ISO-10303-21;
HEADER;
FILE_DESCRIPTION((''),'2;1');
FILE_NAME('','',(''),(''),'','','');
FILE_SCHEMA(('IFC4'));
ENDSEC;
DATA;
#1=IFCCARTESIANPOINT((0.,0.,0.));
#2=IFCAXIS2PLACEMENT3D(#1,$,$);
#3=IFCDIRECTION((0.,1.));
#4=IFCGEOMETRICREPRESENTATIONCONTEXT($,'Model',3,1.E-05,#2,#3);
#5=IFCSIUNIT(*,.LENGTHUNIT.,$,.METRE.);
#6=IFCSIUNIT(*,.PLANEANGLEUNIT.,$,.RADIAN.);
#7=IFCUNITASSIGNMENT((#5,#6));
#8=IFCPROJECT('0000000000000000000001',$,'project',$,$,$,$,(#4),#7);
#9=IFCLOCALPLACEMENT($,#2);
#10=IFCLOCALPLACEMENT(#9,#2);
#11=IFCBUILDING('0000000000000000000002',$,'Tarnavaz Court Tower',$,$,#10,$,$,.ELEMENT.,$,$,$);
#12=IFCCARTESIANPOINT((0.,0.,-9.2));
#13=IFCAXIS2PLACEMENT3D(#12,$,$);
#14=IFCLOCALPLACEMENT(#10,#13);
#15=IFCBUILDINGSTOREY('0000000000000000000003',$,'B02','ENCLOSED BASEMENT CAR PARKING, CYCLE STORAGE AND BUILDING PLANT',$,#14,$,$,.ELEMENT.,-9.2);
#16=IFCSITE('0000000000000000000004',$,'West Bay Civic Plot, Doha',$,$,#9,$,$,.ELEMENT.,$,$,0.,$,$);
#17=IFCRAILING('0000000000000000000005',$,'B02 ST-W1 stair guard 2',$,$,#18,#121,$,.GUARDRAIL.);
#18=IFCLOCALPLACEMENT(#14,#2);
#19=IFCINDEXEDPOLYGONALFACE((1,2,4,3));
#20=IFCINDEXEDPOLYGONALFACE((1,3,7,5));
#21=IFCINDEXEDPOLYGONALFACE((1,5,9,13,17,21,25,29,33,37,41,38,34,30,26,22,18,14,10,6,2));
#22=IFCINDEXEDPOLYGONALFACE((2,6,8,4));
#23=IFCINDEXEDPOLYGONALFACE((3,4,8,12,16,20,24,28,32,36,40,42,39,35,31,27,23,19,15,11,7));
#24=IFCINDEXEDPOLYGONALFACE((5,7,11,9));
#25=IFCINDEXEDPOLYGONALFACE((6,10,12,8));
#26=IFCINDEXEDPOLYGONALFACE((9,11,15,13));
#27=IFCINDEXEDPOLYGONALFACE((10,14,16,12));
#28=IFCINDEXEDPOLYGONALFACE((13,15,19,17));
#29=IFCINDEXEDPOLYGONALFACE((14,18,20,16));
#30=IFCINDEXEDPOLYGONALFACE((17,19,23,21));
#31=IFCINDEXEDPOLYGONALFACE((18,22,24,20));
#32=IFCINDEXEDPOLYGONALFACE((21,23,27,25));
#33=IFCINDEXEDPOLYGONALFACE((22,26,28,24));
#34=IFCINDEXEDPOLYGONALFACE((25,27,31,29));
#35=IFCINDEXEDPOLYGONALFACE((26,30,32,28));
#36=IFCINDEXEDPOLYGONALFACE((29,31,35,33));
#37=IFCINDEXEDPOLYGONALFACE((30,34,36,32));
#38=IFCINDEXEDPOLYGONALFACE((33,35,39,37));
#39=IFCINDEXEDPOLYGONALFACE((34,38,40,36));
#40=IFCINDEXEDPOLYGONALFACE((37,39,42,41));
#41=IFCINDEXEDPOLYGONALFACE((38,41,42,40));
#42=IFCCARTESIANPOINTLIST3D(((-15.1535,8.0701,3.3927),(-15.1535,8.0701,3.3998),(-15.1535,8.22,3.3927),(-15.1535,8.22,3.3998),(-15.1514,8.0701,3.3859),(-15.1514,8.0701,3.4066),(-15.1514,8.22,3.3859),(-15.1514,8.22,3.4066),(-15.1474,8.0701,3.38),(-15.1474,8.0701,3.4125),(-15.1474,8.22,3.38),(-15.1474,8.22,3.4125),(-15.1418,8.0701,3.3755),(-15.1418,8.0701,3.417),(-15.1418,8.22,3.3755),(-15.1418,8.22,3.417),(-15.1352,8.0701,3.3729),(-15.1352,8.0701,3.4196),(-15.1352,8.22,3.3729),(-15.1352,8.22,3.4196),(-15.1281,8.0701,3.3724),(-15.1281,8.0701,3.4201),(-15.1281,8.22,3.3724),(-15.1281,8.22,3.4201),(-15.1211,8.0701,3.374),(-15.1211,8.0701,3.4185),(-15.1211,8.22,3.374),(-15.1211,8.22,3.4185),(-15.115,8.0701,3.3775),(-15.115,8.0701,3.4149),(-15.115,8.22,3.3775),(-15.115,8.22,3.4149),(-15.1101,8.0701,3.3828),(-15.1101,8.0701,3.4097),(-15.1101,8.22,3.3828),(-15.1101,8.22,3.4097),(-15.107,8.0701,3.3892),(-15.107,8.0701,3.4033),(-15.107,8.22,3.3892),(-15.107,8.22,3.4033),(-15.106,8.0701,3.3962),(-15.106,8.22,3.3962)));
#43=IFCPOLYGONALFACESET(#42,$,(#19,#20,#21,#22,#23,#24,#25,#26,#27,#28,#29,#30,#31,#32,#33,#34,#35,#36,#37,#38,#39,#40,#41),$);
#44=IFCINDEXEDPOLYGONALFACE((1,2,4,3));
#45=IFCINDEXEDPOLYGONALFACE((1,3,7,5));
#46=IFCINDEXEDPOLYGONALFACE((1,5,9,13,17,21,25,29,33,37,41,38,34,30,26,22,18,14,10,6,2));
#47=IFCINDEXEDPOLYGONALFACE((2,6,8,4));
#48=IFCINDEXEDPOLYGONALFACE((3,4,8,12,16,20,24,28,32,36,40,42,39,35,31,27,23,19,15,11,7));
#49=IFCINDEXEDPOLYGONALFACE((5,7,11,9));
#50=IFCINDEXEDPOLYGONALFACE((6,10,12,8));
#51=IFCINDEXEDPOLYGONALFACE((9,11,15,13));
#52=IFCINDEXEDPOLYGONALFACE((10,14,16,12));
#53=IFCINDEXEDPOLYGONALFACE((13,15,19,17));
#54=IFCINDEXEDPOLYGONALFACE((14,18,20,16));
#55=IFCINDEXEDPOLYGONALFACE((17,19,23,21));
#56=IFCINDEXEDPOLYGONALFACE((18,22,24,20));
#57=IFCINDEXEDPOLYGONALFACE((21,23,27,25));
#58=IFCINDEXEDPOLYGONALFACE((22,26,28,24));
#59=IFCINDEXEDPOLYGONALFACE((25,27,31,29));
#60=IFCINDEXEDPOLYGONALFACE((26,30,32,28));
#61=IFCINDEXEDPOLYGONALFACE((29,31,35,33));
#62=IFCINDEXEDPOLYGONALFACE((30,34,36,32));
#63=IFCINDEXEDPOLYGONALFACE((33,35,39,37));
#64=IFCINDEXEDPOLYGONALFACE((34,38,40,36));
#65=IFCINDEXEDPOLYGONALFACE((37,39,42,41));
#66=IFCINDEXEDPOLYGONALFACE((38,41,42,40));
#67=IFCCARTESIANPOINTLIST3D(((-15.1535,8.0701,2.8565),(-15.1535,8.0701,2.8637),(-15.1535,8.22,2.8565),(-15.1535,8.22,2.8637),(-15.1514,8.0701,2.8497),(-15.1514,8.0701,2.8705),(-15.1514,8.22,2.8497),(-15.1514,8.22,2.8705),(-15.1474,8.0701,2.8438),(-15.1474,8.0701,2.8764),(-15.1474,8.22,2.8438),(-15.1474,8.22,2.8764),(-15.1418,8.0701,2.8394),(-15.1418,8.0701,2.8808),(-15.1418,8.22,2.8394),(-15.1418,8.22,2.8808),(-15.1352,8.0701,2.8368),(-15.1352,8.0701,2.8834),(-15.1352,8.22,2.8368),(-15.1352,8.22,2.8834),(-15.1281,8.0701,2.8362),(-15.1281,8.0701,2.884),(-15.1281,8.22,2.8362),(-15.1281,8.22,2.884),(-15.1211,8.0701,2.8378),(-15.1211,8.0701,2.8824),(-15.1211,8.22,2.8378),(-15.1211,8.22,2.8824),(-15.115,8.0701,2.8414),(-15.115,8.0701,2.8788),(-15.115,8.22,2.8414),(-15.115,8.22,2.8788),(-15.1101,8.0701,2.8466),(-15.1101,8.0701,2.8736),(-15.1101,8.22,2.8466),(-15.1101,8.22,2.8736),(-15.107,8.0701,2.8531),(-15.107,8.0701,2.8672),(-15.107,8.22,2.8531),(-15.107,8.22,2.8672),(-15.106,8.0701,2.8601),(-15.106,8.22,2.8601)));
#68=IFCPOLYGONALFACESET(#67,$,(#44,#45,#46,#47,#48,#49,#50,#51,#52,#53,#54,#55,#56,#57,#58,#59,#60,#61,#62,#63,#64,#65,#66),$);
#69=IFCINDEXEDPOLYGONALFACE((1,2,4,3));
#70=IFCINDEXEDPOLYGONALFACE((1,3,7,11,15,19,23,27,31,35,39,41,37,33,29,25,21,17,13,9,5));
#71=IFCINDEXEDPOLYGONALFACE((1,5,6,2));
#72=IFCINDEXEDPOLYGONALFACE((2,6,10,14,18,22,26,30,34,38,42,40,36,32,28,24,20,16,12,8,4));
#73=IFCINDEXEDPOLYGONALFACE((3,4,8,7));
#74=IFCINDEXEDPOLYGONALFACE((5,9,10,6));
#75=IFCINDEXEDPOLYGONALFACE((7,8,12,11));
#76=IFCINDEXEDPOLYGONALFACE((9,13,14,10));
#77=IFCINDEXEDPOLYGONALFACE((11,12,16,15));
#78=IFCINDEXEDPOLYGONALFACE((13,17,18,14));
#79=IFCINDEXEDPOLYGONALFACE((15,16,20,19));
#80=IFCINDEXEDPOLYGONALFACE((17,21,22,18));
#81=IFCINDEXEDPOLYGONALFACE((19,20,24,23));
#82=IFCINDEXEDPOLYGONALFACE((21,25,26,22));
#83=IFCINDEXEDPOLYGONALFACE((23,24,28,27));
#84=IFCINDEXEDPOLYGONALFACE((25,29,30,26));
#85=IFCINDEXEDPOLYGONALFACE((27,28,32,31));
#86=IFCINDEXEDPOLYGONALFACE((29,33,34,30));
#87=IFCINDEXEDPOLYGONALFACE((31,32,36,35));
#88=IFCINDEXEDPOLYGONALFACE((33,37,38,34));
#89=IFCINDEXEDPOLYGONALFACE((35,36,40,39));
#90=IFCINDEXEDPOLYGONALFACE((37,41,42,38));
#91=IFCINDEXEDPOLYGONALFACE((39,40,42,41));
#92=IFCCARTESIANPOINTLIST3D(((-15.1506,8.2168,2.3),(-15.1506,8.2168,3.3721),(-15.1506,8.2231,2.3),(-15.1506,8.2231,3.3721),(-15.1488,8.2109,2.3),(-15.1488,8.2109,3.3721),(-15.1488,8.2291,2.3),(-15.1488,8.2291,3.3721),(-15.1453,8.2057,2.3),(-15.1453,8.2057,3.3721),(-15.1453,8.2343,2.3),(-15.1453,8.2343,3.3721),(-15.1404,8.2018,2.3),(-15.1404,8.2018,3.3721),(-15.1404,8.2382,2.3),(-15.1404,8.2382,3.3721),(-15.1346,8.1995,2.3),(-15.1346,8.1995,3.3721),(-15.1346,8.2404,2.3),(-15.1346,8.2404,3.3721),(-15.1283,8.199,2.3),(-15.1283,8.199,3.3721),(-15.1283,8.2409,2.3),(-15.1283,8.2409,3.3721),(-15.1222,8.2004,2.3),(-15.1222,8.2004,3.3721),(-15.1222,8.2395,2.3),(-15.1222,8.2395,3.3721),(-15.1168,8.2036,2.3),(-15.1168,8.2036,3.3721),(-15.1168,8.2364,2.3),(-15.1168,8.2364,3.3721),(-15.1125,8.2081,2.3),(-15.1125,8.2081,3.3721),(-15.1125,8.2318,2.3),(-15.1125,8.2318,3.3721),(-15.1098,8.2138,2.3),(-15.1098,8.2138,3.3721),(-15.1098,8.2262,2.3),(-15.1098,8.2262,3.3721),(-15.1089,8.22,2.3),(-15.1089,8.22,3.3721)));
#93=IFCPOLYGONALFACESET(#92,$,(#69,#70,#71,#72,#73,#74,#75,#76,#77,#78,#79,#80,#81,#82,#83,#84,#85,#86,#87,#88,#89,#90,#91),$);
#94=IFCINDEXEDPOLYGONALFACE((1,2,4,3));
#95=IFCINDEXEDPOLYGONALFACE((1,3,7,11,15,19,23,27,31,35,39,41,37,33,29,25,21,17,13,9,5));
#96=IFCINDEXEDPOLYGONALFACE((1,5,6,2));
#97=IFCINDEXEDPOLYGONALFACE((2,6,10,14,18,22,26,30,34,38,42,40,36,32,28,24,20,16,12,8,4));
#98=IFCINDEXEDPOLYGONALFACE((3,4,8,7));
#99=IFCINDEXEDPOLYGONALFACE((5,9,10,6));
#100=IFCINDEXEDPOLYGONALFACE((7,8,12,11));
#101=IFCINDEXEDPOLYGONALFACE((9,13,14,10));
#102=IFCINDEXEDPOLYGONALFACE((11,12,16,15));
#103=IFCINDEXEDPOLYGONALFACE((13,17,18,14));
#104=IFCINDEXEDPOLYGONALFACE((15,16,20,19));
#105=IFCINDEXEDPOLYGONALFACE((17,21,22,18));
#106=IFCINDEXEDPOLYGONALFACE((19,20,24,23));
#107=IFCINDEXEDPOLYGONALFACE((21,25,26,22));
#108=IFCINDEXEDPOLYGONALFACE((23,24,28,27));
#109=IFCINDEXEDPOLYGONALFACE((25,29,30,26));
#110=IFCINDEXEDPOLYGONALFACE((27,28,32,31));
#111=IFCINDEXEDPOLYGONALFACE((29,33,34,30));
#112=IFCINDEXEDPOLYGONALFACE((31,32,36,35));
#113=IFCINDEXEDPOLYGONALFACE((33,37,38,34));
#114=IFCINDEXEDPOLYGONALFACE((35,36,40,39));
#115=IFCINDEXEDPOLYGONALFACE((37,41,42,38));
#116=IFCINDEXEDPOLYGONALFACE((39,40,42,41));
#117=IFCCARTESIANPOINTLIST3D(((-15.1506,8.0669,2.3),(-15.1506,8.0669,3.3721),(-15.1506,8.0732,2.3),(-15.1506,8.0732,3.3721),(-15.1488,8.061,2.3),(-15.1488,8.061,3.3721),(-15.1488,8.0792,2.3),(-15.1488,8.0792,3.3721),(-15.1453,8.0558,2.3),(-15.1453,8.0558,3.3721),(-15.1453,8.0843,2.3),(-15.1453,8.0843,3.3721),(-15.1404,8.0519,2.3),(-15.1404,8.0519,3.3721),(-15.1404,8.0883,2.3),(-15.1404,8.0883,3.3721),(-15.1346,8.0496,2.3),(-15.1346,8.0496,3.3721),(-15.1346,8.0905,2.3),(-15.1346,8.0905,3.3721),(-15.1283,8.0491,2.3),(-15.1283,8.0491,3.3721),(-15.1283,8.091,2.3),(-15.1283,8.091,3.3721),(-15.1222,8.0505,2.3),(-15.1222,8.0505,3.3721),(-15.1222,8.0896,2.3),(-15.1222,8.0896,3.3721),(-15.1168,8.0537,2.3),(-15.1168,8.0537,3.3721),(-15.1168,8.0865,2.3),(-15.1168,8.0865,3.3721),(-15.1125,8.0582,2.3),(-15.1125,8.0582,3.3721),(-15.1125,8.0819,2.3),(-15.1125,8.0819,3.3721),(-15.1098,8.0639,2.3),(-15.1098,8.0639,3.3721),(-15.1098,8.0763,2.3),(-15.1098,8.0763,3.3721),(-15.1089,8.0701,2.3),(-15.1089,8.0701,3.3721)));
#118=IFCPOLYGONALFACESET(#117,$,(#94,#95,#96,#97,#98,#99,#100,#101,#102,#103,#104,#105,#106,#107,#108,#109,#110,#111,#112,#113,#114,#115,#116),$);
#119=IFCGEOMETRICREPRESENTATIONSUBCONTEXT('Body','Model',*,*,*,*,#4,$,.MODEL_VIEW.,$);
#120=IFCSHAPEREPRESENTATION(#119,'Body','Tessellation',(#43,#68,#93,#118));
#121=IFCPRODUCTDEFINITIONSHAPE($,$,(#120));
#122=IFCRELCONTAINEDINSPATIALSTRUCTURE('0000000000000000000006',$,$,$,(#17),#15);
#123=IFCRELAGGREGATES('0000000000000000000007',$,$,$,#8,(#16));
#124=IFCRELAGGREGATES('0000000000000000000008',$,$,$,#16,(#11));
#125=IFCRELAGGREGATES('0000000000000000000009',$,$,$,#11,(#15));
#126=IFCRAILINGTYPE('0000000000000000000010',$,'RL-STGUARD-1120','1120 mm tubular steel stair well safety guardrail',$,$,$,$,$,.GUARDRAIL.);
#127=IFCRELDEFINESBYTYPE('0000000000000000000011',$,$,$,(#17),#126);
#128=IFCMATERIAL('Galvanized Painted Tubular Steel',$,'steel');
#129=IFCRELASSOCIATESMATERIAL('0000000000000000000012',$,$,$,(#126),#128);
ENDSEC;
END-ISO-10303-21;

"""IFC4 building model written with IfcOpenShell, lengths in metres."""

from ifc_helpers import new_model, si_unit, direction, frame, origin, origin_2d, place, context, subcontext, project, spatial, circle, extrude, material, type_object, element, save


model = new_model("IFC4")

# Units and contexts
model_context = context("Model", 3, precision=1e-05, world=origin(), true_north=direction((0.0, 1.0)))
body_context = subcontext(model_context, "Body", "Model", "MODEL_VIEW")
ifc_project = project(units=[si_unit("LENGTHUNIT", "METRE"), si_unit("PLANEANGLEUNIT", "RADIAN")], contexts=[model_context])

# Site, building, storey
site_placement = place(None, origin())
site = spatial("IfcSite", under=ifc_project, at=site_placement, Name="West Bay Civic Plot, Doha", CompositionType="ELEMENT", RefElevation=0.0)
building_placement = place(site_placement, origin())
building = spatial("IfcBuilding", under=site, at=building_placement, Name="Tarnavaz Court Tower", CompositionType="ELEMENT")
storey_placement = place(building_placement, frame((0.0, 0.0, -9.2)))
storey = spatial("IfcBuildingStorey", under=building, at=storey_placement, Name="B02", Description="ENCLOSED BASEMENT CAR PARKING, CYCLE STORAGE AND BUILDING PLANT", CompositionType="ELEMENT", Elevation=-9.2)

# Railing
ifc_material_1 = material(Name="Galvanized Painted Tubular Steel", Category="steel")
railing_type_1 = type_object("IfcRailingType", Name="RL-STGUARD-1120", Description="1120 mm tubular steel stair well safety guardrail", PredefinedType="GUARDRAIL", material=ifc_material_1)
railing_1_placement = place(storey_placement, frame((-15.1299, 8.22, 2.3)))
element("IfcRailing", 1, at=railing_1_placement, inside=storey, type_object=railing_type_1, Name="B02 ST-W1 stair guard 2", PredefinedType="GUARDRAIL", context=body_context, shape_type="SweptSolid", body=[
    extrude(circle(Radius=0.0239, at=origin_2d()), frame((0.0, 0.0, 1.0962), z_axis=(0.0, -1.0, 0.0), x_axis=(1.0, 0.0, 0.0)), (0.0, 0.0, 1.0), 0.1499),
    extrude(circle(Radius=0.0239, at=origin_2d()), frame((0.0, 0.0, 0.5601), z_axis=(0.0, -1.0, 0.0), x_axis=(1.0, 0.0, 0.0)), (0.0, 0.0, 1.0), 0.1499),
    extrude(circle(Radius=0.021, at=origin_2d()), origin(), (0.0, 0.0, 1.0), 1.072),
    extrude(circle(Radius=0.021, at=origin_2d()), frame((0.0, -0.1499, 0.0)), (0.0, 0.0, 1.0), 1.072),
])

save(model, "model.ifc")
